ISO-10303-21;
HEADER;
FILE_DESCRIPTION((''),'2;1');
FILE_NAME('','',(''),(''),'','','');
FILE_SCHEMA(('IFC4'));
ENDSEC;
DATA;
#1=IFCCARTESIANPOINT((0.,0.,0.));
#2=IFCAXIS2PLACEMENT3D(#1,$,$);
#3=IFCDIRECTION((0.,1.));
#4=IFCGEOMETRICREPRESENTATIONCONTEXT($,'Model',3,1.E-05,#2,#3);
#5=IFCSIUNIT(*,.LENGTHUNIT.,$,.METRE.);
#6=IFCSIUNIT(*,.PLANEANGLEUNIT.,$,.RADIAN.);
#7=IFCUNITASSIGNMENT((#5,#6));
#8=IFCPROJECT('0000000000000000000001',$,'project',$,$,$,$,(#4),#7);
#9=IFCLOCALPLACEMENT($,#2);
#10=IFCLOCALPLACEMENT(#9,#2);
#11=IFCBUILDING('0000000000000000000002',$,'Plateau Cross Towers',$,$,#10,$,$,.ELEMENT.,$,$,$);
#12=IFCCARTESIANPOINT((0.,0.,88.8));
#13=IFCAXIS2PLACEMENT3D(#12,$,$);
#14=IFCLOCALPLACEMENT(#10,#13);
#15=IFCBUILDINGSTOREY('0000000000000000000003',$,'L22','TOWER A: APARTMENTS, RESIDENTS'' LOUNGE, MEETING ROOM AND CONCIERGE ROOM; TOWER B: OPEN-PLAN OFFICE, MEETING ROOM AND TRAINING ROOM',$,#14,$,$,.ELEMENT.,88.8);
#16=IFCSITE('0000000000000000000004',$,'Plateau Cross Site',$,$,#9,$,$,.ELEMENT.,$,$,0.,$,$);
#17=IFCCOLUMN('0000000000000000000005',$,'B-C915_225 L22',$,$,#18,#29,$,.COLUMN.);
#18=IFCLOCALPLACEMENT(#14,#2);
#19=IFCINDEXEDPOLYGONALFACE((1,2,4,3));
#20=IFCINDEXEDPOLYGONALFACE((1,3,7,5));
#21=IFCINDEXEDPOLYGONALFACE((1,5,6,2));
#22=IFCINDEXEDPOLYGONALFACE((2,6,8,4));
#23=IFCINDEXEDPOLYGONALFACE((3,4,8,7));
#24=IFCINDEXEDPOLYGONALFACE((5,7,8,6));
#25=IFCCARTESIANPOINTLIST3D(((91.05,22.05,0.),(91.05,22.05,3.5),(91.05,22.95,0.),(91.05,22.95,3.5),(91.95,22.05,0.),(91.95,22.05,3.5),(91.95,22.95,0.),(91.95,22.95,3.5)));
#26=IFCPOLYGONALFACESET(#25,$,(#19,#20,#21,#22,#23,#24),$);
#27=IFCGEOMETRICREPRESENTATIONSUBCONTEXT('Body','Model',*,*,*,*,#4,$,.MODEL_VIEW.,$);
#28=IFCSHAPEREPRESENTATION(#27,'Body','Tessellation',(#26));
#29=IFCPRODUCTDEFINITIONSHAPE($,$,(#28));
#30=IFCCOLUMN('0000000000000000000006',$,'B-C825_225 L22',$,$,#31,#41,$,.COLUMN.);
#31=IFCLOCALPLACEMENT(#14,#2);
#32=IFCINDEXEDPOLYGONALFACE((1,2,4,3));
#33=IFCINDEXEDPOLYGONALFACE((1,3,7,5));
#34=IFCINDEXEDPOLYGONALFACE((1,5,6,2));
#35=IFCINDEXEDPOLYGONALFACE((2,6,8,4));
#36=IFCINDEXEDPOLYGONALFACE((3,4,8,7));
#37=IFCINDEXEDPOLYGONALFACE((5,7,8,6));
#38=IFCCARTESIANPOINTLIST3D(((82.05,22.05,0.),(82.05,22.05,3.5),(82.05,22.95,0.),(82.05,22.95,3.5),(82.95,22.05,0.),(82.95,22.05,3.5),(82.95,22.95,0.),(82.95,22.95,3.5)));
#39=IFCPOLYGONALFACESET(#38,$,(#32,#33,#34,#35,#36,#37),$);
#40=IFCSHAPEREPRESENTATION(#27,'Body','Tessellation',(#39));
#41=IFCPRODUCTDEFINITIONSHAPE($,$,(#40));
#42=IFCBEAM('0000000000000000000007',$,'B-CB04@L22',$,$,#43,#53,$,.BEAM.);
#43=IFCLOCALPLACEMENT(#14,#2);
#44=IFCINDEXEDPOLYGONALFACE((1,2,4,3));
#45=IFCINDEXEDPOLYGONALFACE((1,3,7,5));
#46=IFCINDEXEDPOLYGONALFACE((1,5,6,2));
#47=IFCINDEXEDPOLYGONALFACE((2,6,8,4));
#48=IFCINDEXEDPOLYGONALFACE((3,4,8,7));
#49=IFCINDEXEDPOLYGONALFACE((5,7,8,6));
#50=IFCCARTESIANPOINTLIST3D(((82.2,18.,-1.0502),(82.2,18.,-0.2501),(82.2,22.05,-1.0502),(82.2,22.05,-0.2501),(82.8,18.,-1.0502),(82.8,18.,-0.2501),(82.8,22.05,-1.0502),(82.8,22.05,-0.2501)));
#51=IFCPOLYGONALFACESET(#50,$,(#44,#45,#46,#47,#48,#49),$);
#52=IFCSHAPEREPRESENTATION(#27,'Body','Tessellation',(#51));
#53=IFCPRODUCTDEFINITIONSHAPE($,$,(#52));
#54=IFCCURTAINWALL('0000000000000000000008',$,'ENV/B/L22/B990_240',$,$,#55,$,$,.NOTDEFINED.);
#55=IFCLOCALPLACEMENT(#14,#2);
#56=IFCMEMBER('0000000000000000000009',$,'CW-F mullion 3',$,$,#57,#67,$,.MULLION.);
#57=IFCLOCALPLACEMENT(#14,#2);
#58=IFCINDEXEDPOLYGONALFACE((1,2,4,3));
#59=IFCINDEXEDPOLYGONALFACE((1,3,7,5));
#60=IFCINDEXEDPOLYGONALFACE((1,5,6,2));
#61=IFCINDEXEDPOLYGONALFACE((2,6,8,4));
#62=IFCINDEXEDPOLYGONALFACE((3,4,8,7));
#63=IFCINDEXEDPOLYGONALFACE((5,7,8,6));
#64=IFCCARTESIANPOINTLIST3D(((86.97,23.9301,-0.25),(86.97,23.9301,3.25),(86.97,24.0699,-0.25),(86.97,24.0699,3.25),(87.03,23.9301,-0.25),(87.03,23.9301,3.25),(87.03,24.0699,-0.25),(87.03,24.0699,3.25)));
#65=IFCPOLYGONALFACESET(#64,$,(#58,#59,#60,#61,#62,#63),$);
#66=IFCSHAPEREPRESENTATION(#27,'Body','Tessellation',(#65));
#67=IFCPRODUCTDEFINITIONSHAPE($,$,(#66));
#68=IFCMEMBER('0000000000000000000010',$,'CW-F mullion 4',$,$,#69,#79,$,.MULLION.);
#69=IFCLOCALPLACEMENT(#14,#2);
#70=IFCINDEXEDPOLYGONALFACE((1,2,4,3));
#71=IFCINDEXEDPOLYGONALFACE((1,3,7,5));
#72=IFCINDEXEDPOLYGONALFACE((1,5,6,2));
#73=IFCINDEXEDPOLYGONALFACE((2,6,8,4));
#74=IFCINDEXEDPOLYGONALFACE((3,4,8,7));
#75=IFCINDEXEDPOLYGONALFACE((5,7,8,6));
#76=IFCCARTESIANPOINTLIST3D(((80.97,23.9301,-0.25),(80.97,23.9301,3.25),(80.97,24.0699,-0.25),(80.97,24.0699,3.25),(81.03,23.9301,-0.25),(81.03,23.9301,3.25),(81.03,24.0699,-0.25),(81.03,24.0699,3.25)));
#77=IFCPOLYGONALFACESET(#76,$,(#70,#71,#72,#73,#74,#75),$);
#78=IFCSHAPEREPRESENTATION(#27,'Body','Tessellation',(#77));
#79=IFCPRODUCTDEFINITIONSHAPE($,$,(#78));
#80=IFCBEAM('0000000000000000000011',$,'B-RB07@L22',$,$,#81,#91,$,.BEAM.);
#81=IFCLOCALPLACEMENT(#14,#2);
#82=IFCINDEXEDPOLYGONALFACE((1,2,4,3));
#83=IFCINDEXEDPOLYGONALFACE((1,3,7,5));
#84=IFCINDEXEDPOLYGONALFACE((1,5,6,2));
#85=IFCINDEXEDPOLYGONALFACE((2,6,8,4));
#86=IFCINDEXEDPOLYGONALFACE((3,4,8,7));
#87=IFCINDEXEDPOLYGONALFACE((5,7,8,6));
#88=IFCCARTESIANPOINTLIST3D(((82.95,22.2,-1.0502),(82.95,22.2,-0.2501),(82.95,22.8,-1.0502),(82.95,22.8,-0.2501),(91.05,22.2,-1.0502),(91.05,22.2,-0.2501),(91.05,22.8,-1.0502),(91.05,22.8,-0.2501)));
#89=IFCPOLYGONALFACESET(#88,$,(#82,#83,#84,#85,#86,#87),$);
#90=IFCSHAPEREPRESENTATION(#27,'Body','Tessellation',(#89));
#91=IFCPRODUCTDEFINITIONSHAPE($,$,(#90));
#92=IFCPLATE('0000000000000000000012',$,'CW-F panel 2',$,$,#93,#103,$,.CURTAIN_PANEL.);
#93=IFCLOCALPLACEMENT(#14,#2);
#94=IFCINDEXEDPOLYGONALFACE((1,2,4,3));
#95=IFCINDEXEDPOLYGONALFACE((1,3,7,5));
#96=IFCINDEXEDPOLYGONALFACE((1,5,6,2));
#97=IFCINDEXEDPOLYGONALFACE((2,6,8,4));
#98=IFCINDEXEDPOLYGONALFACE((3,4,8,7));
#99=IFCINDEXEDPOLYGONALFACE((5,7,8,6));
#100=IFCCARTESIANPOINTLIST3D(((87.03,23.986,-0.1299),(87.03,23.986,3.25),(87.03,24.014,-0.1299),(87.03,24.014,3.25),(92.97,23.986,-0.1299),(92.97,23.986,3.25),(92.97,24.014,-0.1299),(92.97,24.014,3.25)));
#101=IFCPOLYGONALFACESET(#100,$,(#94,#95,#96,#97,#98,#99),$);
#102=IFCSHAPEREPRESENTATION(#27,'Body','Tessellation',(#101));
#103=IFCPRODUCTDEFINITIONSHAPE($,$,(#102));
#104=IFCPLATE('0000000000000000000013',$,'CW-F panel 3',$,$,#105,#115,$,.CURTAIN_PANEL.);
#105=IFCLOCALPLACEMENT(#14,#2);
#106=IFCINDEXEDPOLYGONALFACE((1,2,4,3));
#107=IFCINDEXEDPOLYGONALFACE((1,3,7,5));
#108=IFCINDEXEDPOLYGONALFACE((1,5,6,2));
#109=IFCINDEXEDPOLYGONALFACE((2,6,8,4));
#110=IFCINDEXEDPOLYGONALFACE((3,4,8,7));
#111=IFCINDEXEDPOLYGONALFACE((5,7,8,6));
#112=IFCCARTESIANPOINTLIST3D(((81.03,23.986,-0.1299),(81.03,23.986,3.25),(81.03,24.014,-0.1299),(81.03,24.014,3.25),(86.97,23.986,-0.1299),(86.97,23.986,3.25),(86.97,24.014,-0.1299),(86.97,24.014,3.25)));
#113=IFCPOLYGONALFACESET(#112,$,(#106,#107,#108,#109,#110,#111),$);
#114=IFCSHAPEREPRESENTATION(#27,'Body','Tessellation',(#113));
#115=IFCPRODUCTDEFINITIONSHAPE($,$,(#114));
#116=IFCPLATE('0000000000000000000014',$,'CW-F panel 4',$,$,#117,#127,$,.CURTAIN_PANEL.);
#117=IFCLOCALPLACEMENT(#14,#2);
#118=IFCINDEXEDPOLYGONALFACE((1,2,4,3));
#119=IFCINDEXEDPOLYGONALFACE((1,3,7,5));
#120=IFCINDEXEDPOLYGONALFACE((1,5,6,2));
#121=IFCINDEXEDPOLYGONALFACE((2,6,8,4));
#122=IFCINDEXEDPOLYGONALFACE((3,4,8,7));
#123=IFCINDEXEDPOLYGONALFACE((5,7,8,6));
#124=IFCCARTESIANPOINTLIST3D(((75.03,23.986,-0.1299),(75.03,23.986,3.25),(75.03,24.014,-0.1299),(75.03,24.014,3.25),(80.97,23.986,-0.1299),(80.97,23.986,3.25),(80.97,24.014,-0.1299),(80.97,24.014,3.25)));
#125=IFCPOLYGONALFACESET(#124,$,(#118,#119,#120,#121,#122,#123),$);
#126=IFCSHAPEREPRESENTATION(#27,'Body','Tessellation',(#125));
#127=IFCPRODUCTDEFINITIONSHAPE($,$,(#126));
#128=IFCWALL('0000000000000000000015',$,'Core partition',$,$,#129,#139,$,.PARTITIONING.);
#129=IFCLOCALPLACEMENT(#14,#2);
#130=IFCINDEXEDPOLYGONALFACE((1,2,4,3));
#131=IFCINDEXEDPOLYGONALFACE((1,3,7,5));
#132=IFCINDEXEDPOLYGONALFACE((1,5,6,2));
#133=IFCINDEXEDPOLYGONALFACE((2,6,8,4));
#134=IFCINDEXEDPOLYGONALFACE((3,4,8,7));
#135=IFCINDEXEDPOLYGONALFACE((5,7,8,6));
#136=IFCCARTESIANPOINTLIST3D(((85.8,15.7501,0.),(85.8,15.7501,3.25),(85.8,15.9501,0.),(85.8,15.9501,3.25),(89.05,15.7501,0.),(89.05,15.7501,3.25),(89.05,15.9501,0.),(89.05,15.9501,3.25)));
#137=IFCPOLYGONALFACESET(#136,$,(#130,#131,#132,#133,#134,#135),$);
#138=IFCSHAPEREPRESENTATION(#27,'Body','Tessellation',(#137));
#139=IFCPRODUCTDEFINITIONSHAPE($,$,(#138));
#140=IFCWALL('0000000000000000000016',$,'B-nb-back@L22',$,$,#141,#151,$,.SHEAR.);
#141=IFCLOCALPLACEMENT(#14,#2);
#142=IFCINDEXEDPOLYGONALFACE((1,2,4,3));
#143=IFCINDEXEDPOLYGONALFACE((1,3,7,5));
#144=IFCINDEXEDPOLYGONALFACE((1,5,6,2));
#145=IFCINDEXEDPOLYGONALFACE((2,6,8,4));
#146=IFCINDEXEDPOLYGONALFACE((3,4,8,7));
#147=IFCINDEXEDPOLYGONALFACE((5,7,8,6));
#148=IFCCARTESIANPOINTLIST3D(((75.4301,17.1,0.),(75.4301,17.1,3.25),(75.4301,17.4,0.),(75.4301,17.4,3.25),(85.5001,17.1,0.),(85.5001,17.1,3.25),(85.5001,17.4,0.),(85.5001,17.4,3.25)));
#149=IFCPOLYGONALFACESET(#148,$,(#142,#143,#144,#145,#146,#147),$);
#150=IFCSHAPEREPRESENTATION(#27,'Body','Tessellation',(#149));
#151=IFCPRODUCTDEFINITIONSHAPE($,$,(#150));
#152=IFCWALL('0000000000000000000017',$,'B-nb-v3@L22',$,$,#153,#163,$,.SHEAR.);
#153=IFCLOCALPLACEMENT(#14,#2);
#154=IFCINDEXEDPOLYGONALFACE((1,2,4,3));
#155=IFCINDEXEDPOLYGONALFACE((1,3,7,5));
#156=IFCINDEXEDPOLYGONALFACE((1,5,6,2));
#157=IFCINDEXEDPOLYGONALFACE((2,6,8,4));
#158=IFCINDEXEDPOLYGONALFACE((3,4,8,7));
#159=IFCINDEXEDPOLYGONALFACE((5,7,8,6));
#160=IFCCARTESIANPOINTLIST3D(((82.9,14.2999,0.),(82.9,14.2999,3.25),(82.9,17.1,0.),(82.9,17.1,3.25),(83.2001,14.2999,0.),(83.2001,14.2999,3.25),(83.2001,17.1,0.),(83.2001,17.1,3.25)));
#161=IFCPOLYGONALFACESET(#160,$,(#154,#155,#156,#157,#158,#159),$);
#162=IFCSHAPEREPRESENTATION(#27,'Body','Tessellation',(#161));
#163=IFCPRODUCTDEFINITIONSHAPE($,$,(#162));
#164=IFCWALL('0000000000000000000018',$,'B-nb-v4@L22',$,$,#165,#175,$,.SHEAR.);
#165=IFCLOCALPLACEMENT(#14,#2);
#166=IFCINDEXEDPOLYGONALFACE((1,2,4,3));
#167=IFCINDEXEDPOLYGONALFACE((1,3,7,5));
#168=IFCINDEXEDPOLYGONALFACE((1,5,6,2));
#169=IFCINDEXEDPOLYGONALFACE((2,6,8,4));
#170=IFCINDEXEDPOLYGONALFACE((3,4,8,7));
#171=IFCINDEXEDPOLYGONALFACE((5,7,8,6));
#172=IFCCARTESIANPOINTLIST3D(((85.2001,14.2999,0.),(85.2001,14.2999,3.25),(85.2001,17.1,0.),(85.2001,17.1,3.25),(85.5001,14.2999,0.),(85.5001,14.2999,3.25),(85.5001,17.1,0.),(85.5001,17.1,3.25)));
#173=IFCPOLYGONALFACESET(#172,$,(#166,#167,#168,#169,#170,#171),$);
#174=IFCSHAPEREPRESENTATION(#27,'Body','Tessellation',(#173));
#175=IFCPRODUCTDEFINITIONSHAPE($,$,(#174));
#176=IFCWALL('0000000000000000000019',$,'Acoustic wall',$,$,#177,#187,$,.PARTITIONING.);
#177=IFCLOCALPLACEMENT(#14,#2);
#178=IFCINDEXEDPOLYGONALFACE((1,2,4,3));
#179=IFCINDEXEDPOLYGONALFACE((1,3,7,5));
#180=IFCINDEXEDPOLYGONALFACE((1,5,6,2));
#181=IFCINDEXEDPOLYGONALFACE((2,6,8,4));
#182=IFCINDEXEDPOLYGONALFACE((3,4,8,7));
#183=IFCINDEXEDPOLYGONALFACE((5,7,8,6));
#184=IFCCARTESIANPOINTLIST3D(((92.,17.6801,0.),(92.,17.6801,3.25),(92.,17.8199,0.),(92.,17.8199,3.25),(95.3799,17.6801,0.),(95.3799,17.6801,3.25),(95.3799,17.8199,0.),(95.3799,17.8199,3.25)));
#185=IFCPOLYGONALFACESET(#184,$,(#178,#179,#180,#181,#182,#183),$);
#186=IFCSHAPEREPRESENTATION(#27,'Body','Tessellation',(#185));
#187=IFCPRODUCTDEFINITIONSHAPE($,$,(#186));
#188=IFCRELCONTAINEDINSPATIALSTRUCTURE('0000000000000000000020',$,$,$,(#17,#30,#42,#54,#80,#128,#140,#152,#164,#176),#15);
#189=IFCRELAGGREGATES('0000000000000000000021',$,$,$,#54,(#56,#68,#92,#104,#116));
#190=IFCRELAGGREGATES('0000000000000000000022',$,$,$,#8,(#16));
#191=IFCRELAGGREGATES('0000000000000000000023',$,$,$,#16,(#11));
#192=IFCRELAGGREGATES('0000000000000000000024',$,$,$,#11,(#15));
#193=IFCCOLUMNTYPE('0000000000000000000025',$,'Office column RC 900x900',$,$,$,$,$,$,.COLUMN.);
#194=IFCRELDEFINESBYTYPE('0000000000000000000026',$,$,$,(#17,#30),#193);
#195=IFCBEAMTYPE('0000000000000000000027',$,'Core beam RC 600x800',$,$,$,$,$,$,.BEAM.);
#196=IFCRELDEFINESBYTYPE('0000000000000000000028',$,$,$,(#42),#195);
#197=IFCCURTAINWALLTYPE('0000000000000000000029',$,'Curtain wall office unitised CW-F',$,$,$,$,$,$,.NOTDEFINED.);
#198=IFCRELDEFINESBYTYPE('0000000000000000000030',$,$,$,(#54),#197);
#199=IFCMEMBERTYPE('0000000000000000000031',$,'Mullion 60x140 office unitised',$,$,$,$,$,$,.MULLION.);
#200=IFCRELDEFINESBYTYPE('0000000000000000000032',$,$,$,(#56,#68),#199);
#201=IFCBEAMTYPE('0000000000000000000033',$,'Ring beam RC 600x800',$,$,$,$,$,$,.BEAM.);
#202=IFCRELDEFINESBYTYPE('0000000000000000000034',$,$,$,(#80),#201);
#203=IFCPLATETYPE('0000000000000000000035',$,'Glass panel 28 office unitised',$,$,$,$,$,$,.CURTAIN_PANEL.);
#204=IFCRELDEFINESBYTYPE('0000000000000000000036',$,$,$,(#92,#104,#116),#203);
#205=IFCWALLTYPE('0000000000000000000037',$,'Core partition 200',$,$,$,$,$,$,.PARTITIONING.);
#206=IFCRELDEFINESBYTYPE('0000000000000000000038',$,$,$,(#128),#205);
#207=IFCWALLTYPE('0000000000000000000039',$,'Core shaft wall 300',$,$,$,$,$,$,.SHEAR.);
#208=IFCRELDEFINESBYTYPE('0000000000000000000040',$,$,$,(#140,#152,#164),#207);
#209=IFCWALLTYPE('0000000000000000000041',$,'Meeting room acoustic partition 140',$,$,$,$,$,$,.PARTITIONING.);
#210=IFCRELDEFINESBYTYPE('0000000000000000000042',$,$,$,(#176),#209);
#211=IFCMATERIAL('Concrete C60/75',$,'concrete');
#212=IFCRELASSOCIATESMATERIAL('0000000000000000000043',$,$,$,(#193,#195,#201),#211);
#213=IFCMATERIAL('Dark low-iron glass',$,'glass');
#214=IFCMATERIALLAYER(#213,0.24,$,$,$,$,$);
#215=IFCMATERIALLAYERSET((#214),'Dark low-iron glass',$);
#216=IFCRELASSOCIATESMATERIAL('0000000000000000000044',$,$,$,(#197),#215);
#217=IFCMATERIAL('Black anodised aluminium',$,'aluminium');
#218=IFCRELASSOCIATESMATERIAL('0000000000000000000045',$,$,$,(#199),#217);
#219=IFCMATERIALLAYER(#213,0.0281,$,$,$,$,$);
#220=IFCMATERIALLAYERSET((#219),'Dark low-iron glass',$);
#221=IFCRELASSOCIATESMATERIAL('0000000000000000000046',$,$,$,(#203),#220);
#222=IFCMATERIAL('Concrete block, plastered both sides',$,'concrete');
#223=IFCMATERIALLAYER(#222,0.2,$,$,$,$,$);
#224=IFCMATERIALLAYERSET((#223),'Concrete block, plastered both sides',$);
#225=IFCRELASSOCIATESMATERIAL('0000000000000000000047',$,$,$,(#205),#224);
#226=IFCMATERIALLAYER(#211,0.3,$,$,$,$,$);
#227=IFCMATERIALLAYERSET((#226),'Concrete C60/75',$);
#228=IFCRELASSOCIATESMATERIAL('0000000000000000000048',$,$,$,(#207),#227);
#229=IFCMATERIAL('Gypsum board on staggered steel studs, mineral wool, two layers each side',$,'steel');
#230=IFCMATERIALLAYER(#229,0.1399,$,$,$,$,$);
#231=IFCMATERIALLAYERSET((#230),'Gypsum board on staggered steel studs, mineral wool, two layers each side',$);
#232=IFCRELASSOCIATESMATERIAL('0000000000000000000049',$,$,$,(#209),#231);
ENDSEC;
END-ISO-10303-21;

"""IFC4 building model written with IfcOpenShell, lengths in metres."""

from ifc_helpers import new_model, si_unit, direction, frame, frame_2d, origin, origin_2d, place, context, subcontext, project, spatial, rectangle, extrude, material, layer, layer_set, material_profile, profile_set, type_object, element, aggregate, save


model = new_model("IFC4")

# Units and contexts
model_context = context("Model", 3, precision=1e-05, world=origin(), true_north=direction((0.0, 1.0)))
body_context = subcontext(model_context, "Body", "Model", "MODEL_VIEW")
ifc_project = project(units=[si_unit("LENGTHUNIT", "METRE"), si_unit("PLANEANGLEUNIT", "RADIAN")], contexts=[model_context])

# Site, building, storey
site_placement = place(None, origin())
site = spatial("IfcSite", under=ifc_project, at=site_placement, Name="Plateau Cross Site", CompositionType="ELEMENT", RefElevation=0.0)
building_placement = place(site_placement, origin())
building = spatial("IfcBuilding", under=site, at=building_placement, Name="Plateau Cross Towers", CompositionType="ELEMENT")
storey_placement = place(building_placement, frame((0.0, 0.0, 88.8)))
storey = spatial("IfcBuildingStorey", under=building, at=storey_placement, Name="L22", Description="TOWER A: APARTMENTS, RESIDENTS' LOUNGE, MEETING ROOM AND CONCIERGE ROOM; TOWER B: OPEN-PLAN OFFICE, MEETING ROOM AND TRAINING ROOM", CompositionType="ELEMENT", Elevation=88.8)

# Columns
ifc_material_1 = material(Name="Concrete C60/75", Category="concrete")
ifc_material_profile_1 = material_profile(ifc_material_1, rectangle(XDim=0.8999, YDim=0.8999, at=origin_2d()), Name="RC 900x900")
ifc_profile_set_1 = profile_set([ifc_material_profile_1], Name="Concrete C60/75")
column_type = type_object("IfcColumnType", Name="Office column RC 900x900", PredefinedType="COLUMN", material=ifc_profile_set_1)
for number, where, z_axis, x_axis, name in (
    (1, (91.5, 22.5, 0.0), (0.0, 0.0, 1.0), (1.0, 0.0, 0.0), "B-C915_225 L22"),
    (2, (82.5, 22.5, 0.0), (0.0, 0.0, 1.0), (1.0, 0.0, 0.0), "B-C825_225 L22"),
):
    element("IfcColumn", number, at=place(storey_placement, frame(where, z_axis=z_axis, x_axis=x_axis)), inside=storey, type_object=column_type, Name=name, PredefinedType="COLUMN", context=body_context, shape_type="SweptSolid", body=[
        extrude(rectangle(XDim=0.8999, YDim=0.8999, at=origin_2d()), origin(), (0.0, 0.0, 1.0), 3.5),
    ])

# Beam
ifc_material_profile_2 = material_profile(ifc_material_1, rectangle(XDim=0.6001, YDim=0.8, at=origin_2d()), Name="RC 600x800")
ifc_profile_set_2 = profile_set([ifc_material_profile_2], Name="Concrete C60/75")
beam_type_1 = type_object("IfcBeamType", Name="Core beam RC 600x800", PredefinedType="BEAM", material=ifc_profile_set_2)
beam_1_placement = place(storey_placement, frame((82.5, 18.0, -0.6501), z_axis=(0.0, 1.0, 0.0), x_axis=(-1.0, 0.0, 0.0)))
element("IfcBeam", 3, at=beam_1_placement, inside=storey, type_object=beam_type_1, Name="B-CB04@L22", PredefinedType="BEAM", context=body_context, shape_type="SweptSolid", body=[
    extrude(rectangle(XDim=0.6001, YDim=0.8, at=origin_2d()), origin(), (0.0, 0.0, 1.0), 4.05),
])

# Curtain wall, members
ifc_material_2 = material(Name="Dark low-iron glass", Category="glass")
ifc_layer_1 = layer(ifc_material_2, 0.24)
ifc_layer_set_1 = layer_set([ifc_layer_1], Name="Dark low-iron glass")
curtain_wall_type = type_object("IfcCurtainWallType", Name="Curtain wall office unitised CW-F", PredefinedType="NOTDEFINED", material=ifc_layer_set_1)
curtain_wall_placement = place(storey_placement, origin())
curtain_wall = element("IfcCurtainWall", 4, at=curtain_wall_placement, inside=storey, type_object=curtain_wall_type, Name="ENV/B/L22/B990_240", PredefinedType="NOTDEFINED")
ifc_material_3 = material(Name="Black anodised aluminium", Category="aluminium")
ifc_material_profile_3 = material_profile(ifc_material_3, rectangle(XDim=0.0601, YDim=0.1399, at=origin_2d()), Name="MULLION 60x140")
ifc_profile_set_3 = profile_set([ifc_material_profile_3], Name="Black anodised aluminium")
member_type = type_object("IfcMemberType", Name="Mullion 60x140 office unitised", PredefinedType="MULLION", material=ifc_profile_set_3)
member_1_placement = place(storey_placement, frame((87.0, 24.0, -0.25), z_axis=(0.0, 0.0, 1.0), x_axis=(-1.0, 0.0, 0.0)))
member_1 = element("IfcMember", 5, at=member_1_placement, type_object=member_type, Name="CW-F mullion 3", PredefinedType="MULLION", context=body_context, shape_type="SweptSolid", body=[
    extrude(rectangle(XDim=0.0601, YDim=0.1399, at=origin_2d()), origin(), (0.0, 0.0, 1.0), 3.5),
])
member_2_placement = place(storey_placement, frame((81.0, 24.0, -0.25), z_axis=(0.0, 0.0, 1.0), x_axis=(-1.0, 0.0, 0.0)))
member_2 = element("IfcMember", 6, at=member_2_placement, type_object=member_type, Name="CW-F mullion 4", PredefinedType="MULLION", context=body_context, shape_type="SweptSolid", body=[
    extrude(rectangle(XDim=0.0601, YDim=0.1399, at=origin_2d()), origin(), (0.0, 0.0, 1.0), 3.5),
])

# Beam
ifc_material_profile_4 = material_profile(ifc_material_1, rectangle(XDim=0.6001, YDim=0.8, at=origin_2d()), Name="RC 600x800")
ifc_profile_set_4 = profile_set([ifc_material_profile_4], Name="Concrete C60/75")
beam_type_2 = type_object("IfcBeamType", Name="Ring beam RC 600x800", PredefinedType="BEAM", material=ifc_profile_set_4)
beam_2_placement = place(storey_placement, frame((91.05, 22.5, -0.6501), z_axis=(-1.0, 0.0, 0.0), x_axis=(0.0, -1.0, 0.0)))
element("IfcBeam", 7, at=beam_2_placement, inside=storey, type_object=beam_type_2, Name="B-RB07@L22", PredefinedType="BEAM", context=body_context, shape_type="SweptSolid", body=[
    extrude(rectangle(XDim=0.6001, YDim=0.8, at=origin_2d()), origin(), (0.0, 0.0, 1.0), 8.1001),
])

# Plates
ifc_layer_2 = layer(ifc_material_2, 0.0281)
ifc_layer_set_2 = layer_set([ifc_layer_2], Name="Dark low-iron glass")
plate_type = type_object("IfcPlateType", Name="Glass panel 28 office unitised", PredefinedType="CURTAIN_PANEL", material=ifc_layer_set_2)
plate_1_placement = place(storey_placement, frame((90.0, 24.0, -0.1299), z_axis=(0.0, 0.0, 1.0), x_axis=(-1.0, 0.0, 0.0)))
plate_1 = element("IfcPlate", 8, at=plate_1_placement, type_object=plate_type, Name="CW-F panel 2", PredefinedType="CURTAIN_PANEL", context=body_context, shape_type="SweptSolid", body=[
    extrude(rectangle(XDim=5.9399, YDim=0.0281, at=origin_2d()), origin(), (0.0, 0.0, 1.0), 3.3799),
])
plate_2_placement = place(storey_placement, frame((84.0, 24.0, -0.1299), z_axis=(0.0, 0.0, 1.0), x_axis=(-1.0, 0.0, 0.0)))
plate_2 = element("IfcPlate", 9, at=plate_2_placement, type_object=plate_type, Name="CW-F panel 3", PredefinedType="CURTAIN_PANEL", context=body_context, shape_type="SweptSolid", body=[
    extrude(rectangle(XDim=5.9399, YDim=0.0281, at=origin_2d()), origin(), (0.0, 0.0, 1.0), 3.3799),
])
plate_3_placement = place(storey_placement, frame((78.0, 24.0, -0.1299), z_axis=(0.0, 0.0, 1.0), x_axis=(-1.0, 0.0, 0.0)))
plate_3 = element("IfcPlate", 10, at=plate_3_placement, type_object=plate_type, Name="CW-F panel 4", PredefinedType="CURTAIN_PANEL", context=body_context, shape_type="SweptSolid", body=[
    extrude(rectangle(XDim=5.9399, YDim=0.0281, at=origin_2d()), origin(), (0.0, 0.0, 1.0), 3.3799),
])
aggregate(curtain_wall, [member_1, member_2, plate_1, plate_2, plate_3])

# Walls
ifc_material_4 = material(Name="Concrete block, plastered both sides", Category="concrete")
ifc_layer_3 = layer(ifc_material_4, 0.2)
ifc_layer_set_3 = layer_set([ifc_layer_3], Name="Concrete block, plastered both sides")
wall_type_1 = type_object("IfcWallType", Name="Core partition 200", PredefinedType="PARTITIONING", material=ifc_layer_set_3)
wall_1_placement = place(storey_placement, frame((85.8, 15.8501, 0.0), z_axis=(0.0, 0.0, 1.0), x_axis=(1.0, 0.0, 0.0)))
element("IfcWall", 11, at=wall_1_placement, inside=storey, type_object=wall_type_1, Name="Core partition", PredefinedType="PARTITIONING", context=body_context, shape_type="SweptSolid", body=[
    extrude(rectangle(XDim=3.25, YDim=0.2, at=frame_2d((1.625, 0.0))), origin(), (0.0, 0.0, 1.0), 3.25),
])
ifc_layer_4 = layer(ifc_material_1, 0.3)
ifc_layer_set_4 = layer_set([ifc_layer_4], Name="Concrete C60/75")
wall_type_2 = type_object("IfcWallType", Name="Core shaft wall 300", PredefinedType="SHEAR", material=ifc_layer_set_4)
wall_2_placement = place(storey_placement, frame((75.4299, 17.25, 0.0), z_axis=(0.0, 0.0, 1.0), x_axis=(1.0, 0.0, 0.0)))
element("IfcWall", 12, at=wall_2_placement, inside=storey, type_object=wall_type_2, Name="B-nb-back@L22", PredefinedType="SHEAR", context=body_context, shape_type="SweptSolid", body=[
    extrude(rectangle(XDim=10.0701, YDim=0.3, at=frame_2d((5.0352, 0.0))), origin(), (0.0, 0.0, 1.0), 3.25),
])
for number, where, z_axis, x_axis, name in (
    (13, (83.05, 14.3, 0.0), (0.0, 0.0, 1.0), (0.0, 1.0, 0.0), "B-nb-v3@L22"),
    (14, (85.3501, 14.3, 0.0), (0.0, 0.0, 1.0), (0.0, 1.0, 0.0), "B-nb-v4@L22"),
):
    element("IfcWall", number, at=place(storey_placement, frame(where, z_axis=z_axis, x_axis=x_axis)), inside=storey, type_object=wall_type_2, Name=name, PredefinedType="SHEAR", context=body_context, shape_type="SweptSolid", body=[
        extrude(rectangle(XDim=2.8, YDim=0.3, at=frame_2d((1.3999, 0.0))), origin(), (0.0, 0.0, 1.0), 3.25),
    ])
ifc_material_5 = material(Name="Gypsum board on staggered steel studs, mineral wool, two layers each side", Category="steel")
ifc_layer_5 = layer(ifc_material_5, 0.1399)
ifc_layer_set_5 = layer_set([ifc_layer_5], Name="Gypsum board on staggered steel studs, mineral wool, two layers each side")
wall_type_3 = type_object("IfcWallType", Name="Meeting room acoustic partition 140", PredefinedType="PARTITIONING", material=ifc_layer_set_5)
wall_3_placement = place(storey_placement, frame((92.0, 17.75, 0.0), z_axis=(0.0, 0.0, 1.0), x_axis=(1.0, 0.0, 0.0)))
element("IfcWall", 15, at=wall_3_placement, inside=storey, type_object=wall_type_3, Name="Acoustic wall", PredefinedType="PARTITIONING", context=body_context, shape_type="SweptSolid", body=[
    extrude(rectangle(XDim=3.3799, YDim=0.1399, at=frame_2d((1.6899, 0.0))), origin(), (0.0, 0.0, 1.0), 3.25),
])

save(model, "model.ifc")
